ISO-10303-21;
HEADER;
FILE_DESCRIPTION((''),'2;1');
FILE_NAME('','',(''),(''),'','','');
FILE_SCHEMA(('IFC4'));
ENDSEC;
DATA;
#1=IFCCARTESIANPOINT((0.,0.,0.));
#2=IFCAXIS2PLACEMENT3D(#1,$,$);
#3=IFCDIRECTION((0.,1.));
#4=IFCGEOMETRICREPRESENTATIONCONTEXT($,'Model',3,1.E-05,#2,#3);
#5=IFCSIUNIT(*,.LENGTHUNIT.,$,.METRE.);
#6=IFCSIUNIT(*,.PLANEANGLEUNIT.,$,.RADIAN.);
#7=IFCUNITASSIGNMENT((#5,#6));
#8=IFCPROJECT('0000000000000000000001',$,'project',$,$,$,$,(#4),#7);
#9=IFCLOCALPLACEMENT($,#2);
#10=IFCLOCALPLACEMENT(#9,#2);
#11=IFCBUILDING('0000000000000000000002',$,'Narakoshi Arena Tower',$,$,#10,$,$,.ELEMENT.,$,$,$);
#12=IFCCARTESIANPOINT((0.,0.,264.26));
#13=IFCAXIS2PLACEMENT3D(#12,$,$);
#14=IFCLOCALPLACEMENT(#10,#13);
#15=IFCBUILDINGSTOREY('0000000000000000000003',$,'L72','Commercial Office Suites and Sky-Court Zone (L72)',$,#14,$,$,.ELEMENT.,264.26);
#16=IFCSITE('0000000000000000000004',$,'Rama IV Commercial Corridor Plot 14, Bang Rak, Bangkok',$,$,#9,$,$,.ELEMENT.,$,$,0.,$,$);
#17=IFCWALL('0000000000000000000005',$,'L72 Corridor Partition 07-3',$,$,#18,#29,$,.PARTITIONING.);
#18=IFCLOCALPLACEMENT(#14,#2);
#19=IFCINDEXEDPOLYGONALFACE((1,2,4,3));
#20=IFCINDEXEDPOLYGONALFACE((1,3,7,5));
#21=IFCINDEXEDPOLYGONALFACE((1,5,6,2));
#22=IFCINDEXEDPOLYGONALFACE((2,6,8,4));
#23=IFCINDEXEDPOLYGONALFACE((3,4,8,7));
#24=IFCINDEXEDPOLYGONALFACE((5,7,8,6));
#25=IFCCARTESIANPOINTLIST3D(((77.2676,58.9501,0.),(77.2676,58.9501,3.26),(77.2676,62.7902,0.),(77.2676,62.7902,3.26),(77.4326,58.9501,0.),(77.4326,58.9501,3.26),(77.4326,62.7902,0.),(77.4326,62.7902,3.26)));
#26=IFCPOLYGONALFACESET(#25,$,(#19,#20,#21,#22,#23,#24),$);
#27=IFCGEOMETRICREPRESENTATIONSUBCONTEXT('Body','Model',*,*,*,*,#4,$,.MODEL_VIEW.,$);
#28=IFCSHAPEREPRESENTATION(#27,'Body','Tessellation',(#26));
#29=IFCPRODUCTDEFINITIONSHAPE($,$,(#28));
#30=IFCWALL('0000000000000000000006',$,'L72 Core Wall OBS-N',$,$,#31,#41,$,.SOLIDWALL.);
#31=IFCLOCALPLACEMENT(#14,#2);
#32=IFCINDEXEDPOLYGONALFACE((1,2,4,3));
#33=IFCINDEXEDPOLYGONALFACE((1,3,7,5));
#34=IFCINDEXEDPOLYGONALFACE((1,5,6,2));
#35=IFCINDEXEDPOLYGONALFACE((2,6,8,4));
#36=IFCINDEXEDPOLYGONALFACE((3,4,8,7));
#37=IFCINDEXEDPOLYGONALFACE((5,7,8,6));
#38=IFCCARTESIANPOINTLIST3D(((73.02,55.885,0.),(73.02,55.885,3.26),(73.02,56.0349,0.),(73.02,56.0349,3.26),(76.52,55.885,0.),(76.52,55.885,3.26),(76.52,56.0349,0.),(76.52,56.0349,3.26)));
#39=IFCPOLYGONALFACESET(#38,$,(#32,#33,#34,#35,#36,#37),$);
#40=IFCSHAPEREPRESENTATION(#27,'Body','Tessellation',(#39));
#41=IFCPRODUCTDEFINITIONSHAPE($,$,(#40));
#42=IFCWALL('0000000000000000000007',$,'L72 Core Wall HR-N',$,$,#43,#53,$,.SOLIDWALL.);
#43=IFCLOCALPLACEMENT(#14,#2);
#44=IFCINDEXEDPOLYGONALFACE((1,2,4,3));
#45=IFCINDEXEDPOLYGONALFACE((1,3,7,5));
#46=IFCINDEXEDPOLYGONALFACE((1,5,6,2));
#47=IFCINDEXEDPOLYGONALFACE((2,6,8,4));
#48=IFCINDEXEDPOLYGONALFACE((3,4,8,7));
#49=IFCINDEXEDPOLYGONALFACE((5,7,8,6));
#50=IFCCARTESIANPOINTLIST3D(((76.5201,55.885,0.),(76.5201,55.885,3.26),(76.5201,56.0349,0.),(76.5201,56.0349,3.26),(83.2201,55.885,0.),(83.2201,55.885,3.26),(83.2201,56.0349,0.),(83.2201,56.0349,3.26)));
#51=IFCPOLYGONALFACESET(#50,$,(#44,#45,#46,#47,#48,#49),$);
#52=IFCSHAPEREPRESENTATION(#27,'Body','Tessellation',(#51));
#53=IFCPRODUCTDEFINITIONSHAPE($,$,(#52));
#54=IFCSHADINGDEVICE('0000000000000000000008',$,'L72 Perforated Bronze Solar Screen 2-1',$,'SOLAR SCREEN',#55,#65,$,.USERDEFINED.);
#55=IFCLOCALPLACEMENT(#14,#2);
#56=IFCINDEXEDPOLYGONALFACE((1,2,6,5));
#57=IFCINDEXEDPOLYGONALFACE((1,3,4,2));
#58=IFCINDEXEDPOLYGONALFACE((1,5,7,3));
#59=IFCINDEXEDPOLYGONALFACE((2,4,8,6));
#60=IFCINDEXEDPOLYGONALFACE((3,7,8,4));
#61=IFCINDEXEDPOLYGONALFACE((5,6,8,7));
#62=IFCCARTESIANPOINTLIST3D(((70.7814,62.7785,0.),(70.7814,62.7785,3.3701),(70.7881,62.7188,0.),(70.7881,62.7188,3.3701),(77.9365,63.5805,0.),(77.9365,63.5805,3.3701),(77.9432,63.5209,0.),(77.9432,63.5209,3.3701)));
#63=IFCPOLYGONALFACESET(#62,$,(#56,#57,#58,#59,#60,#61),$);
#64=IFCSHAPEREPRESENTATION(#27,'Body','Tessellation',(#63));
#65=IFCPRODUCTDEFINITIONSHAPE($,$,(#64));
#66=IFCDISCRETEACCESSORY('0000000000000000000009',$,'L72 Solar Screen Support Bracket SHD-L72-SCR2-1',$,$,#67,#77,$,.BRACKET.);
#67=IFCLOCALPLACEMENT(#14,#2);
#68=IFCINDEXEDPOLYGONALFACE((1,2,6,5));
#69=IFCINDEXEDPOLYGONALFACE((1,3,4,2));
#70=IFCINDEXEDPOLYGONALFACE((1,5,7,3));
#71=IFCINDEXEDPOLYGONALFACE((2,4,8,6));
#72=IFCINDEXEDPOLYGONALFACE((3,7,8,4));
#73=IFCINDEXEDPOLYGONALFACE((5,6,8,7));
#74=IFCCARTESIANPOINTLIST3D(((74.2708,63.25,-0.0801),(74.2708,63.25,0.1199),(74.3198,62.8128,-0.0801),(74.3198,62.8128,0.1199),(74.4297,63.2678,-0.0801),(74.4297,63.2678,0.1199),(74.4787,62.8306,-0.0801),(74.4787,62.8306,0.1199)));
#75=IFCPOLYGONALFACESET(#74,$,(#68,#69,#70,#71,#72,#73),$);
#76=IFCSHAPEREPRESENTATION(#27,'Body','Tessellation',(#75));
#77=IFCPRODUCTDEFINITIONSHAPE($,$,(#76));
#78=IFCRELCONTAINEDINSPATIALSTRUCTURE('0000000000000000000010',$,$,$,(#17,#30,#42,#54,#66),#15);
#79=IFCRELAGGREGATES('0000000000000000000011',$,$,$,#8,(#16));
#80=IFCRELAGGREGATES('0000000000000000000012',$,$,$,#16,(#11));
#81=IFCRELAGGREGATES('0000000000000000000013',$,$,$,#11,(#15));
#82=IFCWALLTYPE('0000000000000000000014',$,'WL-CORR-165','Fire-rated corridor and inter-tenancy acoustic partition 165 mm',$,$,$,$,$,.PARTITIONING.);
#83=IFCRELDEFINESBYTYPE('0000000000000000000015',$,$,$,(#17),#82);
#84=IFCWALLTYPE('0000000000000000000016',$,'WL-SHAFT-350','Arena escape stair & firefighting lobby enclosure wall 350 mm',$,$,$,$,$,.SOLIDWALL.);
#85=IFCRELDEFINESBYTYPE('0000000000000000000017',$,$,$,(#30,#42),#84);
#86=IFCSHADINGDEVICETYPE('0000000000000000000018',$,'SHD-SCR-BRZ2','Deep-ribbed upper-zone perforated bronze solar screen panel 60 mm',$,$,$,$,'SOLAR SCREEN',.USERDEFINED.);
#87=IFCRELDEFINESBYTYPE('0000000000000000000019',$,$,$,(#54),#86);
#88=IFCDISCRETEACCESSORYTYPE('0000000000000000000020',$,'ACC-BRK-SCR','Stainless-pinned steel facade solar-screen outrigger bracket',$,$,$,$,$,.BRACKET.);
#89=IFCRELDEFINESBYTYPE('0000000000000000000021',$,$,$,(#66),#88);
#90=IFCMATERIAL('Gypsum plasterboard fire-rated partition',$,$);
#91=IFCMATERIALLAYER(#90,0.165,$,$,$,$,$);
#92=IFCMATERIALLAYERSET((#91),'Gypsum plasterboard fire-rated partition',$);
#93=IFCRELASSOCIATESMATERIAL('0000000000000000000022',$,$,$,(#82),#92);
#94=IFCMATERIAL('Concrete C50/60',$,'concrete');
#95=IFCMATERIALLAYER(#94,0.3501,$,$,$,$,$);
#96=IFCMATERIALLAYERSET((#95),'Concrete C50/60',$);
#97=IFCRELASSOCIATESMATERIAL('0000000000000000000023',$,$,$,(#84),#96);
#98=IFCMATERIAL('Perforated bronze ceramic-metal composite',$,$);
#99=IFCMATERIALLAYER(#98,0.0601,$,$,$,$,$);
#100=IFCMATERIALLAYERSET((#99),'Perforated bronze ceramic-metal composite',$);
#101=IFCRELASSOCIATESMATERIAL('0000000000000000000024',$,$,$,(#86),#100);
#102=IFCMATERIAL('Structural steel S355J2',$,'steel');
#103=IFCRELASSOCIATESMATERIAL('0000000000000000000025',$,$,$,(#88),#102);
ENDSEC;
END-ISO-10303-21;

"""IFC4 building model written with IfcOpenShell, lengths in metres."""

from ifc_helpers import new_model, si_unit, direction, frame, frame_2d, origin, origin_2d, place, context, subcontext, project, spatial, rectangle, extrude, material, layer, layer_set, type_object, element, save


model = new_model("IFC4")

# Units and contexts
model_context = context("Model", 3, precision=1e-05, world=origin(), true_north=direction((0.0, 1.0)))
body_context = subcontext(model_context, "Body", "Model", "MODEL_VIEW")
ifc_project = project(units=[si_unit("LENGTHUNIT", "METRE"), si_unit("PLANEANGLEUNIT", "RADIAN")], contexts=[model_context])

# Site, building, storey
site_placement = place(None, origin())
site = spatial("IfcSite", under=ifc_project, at=site_placement, Name="Rama IV Commercial Corridor Plot 14, Bang Rak, Bangkok", CompositionType="ELEMENT", RefElevation=0.0)
building_placement = place(site_placement, origin())
building = spatial("IfcBuilding", under=site, at=building_placement, Name="Narakoshi Arena Tower", CompositionType="ELEMENT")
storey_placement = place(building_placement, frame((0.0, 0.0, 264.26)))
storey = spatial("IfcBuildingStorey", under=building, at=storey_placement, Name="L72", Description="Commercial Office Suites and Sky-Court Zone (L72)", CompositionType="ELEMENT", Elevation=264.26)

# Shared definitions
ifc_material_1 = material(Name="Structural steel S355J2", Category="steel")

# Shared definitions
ifc_material_2 = material(Name="Gypsum plasterboard fire-rated partition")
ifc_layer_1 = layer(ifc_material_2, 0.165)
ifc_layer_set_1 = layer_set([ifc_layer_1], Name="Gypsum plasterboard fire-rated partition")
wall_type_1 = type_object("IfcWallType", Name="WL-CORR-165", Description="Fire-rated corridor and inter-tenancy acoustic partition 165 mm", PredefinedType="PARTITIONING", material=ifc_layer_set_1)

# Walls
wall_1_placement = place(storey_placement, frame((77.3501, 62.79, 0.0), z_axis=(0.0, 0.0, 1.0), x_axis=(0.0, -1.0, 0.0)))
element("IfcWall", 1, at=wall_1_placement, inside=storey, type_object=wall_type_1, Name="L72 Corridor Partition 07-3", PredefinedType="PARTITIONING", context=body_context, shape_type="SweptSolid", body=[
    extrude(rectangle(XDim=3.8401, YDim=0.165, at=frame_2d((1.9199, 0.0))), origin(), (0.0, 0.0, 1.0), 3.26),
])
ifc_material_3 = material(Name="Concrete C50/60", Category="concrete")
ifc_layer_2 = layer(ifc_material_3, 0.3501)
ifc_layer_set_2 = layer_set([ifc_layer_2], Name="Concrete C50/60")
wall_type_2 = type_object("IfcWallType", Name="WL-SHAFT-350", Description="Arena escape stair & firefighting lobby enclosure wall 350 mm", PredefinedType="SOLIDWALL", material=ifc_layer_set_2)
wall_2_placement = place(storey_placement, frame((73.02, 55.96, 0.0), z_axis=(0.0, 0.0, 1.0), x_axis=(1.0, 0.0, 0.0)))
element("IfcWall", 2, at=wall_2_placement, inside=storey, type_object=wall_type_2, Name="L72 Core Wall OBS-N", PredefinedType="SOLIDWALL", context=body_context, shape_type="SweptSolid", body=[
    extrude(rectangle(XDim=3.5, YDim=0.1499, at=frame_2d((1.75, 0.0))), origin(), (0.0, 0.0, 1.0), 3.26),
])
wall_3_placement = place(storey_placement, frame((76.52, 55.96, 0.0), z_axis=(0.0, 0.0, 1.0), x_axis=(1.0, 0.0, 0.0)))
element("IfcWall", 3, at=wall_3_placement, inside=storey, type_object=wall_type_2, Name="L72 Core Wall HR-N", PredefinedType="SOLIDWALL", context=body_context, shape_type="SweptSolid", body=[
    extrude(rectangle(XDim=6.7, YDim=0.1499, at=frame_2d((3.3501, 0.0))), origin(), (0.0, 0.0, 1.0), 3.26),
])

# Shading device
ifc_material_4 = material(Name="Perforated bronze ceramic-metal composite")
ifc_layer_3 = layer(ifc_material_4, 0.0601)
ifc_layer_set_3 = layer_set([ifc_layer_3], Name="Perforated bronze ceramic-metal composite")
shading_device_type = type_object("IfcShadingDeviceType", Name="SHD-SCR-BRZ2", Description="Deep-ribbed upper-zone perforated bronze solar screen panel 60 mm", ElementType="SOLAR SCREEN", PredefinedType="USERDEFINED", material=ifc_layer_set_3)
shading_device_placement = place(storey_placement, frame((74.3623, 63.1497, 0.0), z_axis=(0.0, 0.0, 1.0), x_axis=(-0.993776, -0.1114, 0.0)))
element("IfcShadingDevice", 4, at=shading_device_placement, inside=storey, type_object=shading_device_type, Name="L72 Perforated Bronze Solar Screen 2-1", ObjectType="SOLAR SCREEN", PredefinedType="USERDEFINED", context=body_context, shape_type="SweptSolid", body=[
    extrude(rectangle(XDim=7.2, YDim=0.0601, at=origin_2d()), origin(), (0.0, 0.0, 1.0), 3.3701),
])

# Discrete accessory
discrete_accessory_type = type_object("IfcDiscreteAccessoryType", Name="ACC-BRK-SCR", Description="Stainless-pinned steel facade solar-screen outrigger bracket", PredefinedType="BRACKET", material=ifc_material_1)
discrete_accessory_placement = place(storey_placement, frame((74.3748, 63.0403, -0.0801), z_axis=(0.0, 0.0, 1.0), x_axis=(-0.993776, -0.1114, 0.0)))
element("IfcDiscreteAccessory", 5, at=discrete_accessory_placement, inside=storey, type_object=discrete_accessory_type, Name="L72 Solar Screen Support Bracket SHD-L72-SCR2-1", PredefinedType="BRACKET", context=body_context, shape_type="SweptSolid", body=[
    extrude(rectangle(XDim=0.1599, YDim=0.4399, at=origin_2d()), origin(), (0.0, 0.0, 1.0), 0.2),
])

save(model, "model.ifc")
